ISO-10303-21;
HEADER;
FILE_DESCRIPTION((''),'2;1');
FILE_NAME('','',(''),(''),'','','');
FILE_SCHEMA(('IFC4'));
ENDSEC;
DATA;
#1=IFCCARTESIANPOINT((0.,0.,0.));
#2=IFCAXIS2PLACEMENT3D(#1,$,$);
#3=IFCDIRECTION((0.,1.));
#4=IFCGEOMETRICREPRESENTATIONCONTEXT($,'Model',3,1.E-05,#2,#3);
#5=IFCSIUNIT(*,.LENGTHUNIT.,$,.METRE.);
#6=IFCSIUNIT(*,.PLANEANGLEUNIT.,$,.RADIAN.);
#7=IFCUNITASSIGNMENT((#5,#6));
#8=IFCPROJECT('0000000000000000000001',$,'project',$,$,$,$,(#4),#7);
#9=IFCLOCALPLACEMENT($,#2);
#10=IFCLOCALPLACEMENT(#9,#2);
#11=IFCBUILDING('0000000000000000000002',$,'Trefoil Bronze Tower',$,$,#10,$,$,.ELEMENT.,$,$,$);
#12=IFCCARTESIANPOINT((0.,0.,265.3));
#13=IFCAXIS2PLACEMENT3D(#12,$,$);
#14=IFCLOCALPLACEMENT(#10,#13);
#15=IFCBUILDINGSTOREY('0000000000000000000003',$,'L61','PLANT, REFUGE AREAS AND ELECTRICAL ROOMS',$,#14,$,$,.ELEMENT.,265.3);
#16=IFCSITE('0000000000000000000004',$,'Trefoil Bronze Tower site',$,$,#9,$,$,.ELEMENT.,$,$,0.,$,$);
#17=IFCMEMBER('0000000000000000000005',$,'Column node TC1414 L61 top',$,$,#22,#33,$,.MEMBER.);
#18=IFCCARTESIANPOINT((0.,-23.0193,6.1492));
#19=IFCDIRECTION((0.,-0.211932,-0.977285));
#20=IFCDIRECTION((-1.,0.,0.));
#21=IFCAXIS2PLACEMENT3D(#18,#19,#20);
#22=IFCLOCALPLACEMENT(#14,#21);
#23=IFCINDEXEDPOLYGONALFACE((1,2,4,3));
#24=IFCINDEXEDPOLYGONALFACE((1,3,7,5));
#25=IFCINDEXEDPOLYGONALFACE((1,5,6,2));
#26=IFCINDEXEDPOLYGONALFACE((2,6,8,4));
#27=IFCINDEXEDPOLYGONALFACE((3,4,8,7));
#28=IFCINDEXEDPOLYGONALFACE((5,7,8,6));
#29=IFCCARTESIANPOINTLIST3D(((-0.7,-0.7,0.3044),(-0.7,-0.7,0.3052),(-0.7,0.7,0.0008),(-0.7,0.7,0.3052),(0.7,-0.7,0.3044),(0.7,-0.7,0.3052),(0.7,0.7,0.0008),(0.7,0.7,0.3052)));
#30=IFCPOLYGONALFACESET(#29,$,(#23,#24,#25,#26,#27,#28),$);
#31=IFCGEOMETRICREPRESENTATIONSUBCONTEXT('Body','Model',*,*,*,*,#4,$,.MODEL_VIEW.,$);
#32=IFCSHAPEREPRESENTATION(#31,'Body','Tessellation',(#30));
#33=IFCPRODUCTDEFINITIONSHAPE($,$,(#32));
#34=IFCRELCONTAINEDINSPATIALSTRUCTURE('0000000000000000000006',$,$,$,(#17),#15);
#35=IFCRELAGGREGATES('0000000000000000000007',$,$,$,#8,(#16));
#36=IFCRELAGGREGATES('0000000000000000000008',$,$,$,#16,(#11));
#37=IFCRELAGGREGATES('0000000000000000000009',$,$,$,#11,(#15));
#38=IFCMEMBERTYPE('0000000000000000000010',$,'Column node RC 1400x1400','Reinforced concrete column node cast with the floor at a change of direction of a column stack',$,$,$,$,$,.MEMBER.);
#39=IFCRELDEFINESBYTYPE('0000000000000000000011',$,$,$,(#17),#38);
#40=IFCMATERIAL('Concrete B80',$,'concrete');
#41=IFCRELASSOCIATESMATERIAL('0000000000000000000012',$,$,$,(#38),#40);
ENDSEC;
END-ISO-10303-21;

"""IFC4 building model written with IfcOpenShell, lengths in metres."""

from ifc_helpers import new_model, si_unit, direction, frame, origin, origin_2d, place, context, subcontext, project, spatial, rectangle, extrude, clip, halfspace, material, material_profile, profile_set, type_object, element, save


model = new_model("IFC4")

# Units and contexts
model_context = context("Model", 3, precision=1e-05, world=origin(), true_north=direction((0.0, 1.0)))
body_context = subcontext(model_context, "Body", "Model", "MODEL_VIEW")
ifc_project = project(units=[si_unit("LENGTHUNIT", "METRE"), si_unit("PLANEANGLEUNIT", "RADIAN")], contexts=[model_context])

# Site, building, storey
site_placement = place(None, origin())
site = spatial("IfcSite", under=ifc_project, at=site_placement, Name="Trefoil Bronze Tower site", CompositionType="ELEMENT", RefElevation=0.0)
building_placement = place(site_placement, origin())
building = spatial("IfcBuilding", under=site, at=building_placement, Name="Trefoil Bronze Tower", CompositionType="ELEMENT")
storey_placement = place(building_placement, frame((0.0, 0.0, 265.3)))
storey = spatial("IfcBuildingStorey", under=building, at=storey_placement, Name="L61", Description="PLANT, REFUGE AREAS AND ELECTRICAL ROOMS", CompositionType="ELEMENT", Elevation=265.3)

# Member
ifc_material_1 = material(Name="Concrete B80", Category="concrete")
ifc_material_profile_1 = material_profile(ifc_material_1, rectangle(XDim=1.3999, YDim=1.3999, at=origin_2d()), Name="RC 1400x1400")
ifc_profile_set_1 = profile_set([ifc_material_profile_1], Name="Concrete B80")
member_type_1 = type_object("IfcMemberType", Name="Column node RC 1400x1400", Description="Reinforced concrete column node cast with the floor at a change of direction of a column stack", PredefinedType="MEMBER", material=ifc_profile_set_1)
member_1_placement = place(storey_placement, frame((0.0, -23.0193, 6.1492), z_axis=(0.0, -0.211932, -0.977285), x_axis=(-1.0, 0.0, 0.0)))
element("IfcMember", 1, at=member_1_placement, inside=storey, type_object=member_type_1, Name="Column node TC1414 L61 top", PredefinedType="MEMBER", context=body_context, shape_type="Clipping", body=[
    clip(extrude(rectangle(XDim=1.3999, YDim=1.3999, at=origin_2d()), origin(), (0.0, 0.0, 1.0), 0.3052), halfspace(frame((0.0, 0.0, 0.1526), z_axis=(0.0, 0.211932, 0.977285), x_axis=(0.0, 0.977285, -0.211932)), True)),
])

save(model, "model.ifc")
